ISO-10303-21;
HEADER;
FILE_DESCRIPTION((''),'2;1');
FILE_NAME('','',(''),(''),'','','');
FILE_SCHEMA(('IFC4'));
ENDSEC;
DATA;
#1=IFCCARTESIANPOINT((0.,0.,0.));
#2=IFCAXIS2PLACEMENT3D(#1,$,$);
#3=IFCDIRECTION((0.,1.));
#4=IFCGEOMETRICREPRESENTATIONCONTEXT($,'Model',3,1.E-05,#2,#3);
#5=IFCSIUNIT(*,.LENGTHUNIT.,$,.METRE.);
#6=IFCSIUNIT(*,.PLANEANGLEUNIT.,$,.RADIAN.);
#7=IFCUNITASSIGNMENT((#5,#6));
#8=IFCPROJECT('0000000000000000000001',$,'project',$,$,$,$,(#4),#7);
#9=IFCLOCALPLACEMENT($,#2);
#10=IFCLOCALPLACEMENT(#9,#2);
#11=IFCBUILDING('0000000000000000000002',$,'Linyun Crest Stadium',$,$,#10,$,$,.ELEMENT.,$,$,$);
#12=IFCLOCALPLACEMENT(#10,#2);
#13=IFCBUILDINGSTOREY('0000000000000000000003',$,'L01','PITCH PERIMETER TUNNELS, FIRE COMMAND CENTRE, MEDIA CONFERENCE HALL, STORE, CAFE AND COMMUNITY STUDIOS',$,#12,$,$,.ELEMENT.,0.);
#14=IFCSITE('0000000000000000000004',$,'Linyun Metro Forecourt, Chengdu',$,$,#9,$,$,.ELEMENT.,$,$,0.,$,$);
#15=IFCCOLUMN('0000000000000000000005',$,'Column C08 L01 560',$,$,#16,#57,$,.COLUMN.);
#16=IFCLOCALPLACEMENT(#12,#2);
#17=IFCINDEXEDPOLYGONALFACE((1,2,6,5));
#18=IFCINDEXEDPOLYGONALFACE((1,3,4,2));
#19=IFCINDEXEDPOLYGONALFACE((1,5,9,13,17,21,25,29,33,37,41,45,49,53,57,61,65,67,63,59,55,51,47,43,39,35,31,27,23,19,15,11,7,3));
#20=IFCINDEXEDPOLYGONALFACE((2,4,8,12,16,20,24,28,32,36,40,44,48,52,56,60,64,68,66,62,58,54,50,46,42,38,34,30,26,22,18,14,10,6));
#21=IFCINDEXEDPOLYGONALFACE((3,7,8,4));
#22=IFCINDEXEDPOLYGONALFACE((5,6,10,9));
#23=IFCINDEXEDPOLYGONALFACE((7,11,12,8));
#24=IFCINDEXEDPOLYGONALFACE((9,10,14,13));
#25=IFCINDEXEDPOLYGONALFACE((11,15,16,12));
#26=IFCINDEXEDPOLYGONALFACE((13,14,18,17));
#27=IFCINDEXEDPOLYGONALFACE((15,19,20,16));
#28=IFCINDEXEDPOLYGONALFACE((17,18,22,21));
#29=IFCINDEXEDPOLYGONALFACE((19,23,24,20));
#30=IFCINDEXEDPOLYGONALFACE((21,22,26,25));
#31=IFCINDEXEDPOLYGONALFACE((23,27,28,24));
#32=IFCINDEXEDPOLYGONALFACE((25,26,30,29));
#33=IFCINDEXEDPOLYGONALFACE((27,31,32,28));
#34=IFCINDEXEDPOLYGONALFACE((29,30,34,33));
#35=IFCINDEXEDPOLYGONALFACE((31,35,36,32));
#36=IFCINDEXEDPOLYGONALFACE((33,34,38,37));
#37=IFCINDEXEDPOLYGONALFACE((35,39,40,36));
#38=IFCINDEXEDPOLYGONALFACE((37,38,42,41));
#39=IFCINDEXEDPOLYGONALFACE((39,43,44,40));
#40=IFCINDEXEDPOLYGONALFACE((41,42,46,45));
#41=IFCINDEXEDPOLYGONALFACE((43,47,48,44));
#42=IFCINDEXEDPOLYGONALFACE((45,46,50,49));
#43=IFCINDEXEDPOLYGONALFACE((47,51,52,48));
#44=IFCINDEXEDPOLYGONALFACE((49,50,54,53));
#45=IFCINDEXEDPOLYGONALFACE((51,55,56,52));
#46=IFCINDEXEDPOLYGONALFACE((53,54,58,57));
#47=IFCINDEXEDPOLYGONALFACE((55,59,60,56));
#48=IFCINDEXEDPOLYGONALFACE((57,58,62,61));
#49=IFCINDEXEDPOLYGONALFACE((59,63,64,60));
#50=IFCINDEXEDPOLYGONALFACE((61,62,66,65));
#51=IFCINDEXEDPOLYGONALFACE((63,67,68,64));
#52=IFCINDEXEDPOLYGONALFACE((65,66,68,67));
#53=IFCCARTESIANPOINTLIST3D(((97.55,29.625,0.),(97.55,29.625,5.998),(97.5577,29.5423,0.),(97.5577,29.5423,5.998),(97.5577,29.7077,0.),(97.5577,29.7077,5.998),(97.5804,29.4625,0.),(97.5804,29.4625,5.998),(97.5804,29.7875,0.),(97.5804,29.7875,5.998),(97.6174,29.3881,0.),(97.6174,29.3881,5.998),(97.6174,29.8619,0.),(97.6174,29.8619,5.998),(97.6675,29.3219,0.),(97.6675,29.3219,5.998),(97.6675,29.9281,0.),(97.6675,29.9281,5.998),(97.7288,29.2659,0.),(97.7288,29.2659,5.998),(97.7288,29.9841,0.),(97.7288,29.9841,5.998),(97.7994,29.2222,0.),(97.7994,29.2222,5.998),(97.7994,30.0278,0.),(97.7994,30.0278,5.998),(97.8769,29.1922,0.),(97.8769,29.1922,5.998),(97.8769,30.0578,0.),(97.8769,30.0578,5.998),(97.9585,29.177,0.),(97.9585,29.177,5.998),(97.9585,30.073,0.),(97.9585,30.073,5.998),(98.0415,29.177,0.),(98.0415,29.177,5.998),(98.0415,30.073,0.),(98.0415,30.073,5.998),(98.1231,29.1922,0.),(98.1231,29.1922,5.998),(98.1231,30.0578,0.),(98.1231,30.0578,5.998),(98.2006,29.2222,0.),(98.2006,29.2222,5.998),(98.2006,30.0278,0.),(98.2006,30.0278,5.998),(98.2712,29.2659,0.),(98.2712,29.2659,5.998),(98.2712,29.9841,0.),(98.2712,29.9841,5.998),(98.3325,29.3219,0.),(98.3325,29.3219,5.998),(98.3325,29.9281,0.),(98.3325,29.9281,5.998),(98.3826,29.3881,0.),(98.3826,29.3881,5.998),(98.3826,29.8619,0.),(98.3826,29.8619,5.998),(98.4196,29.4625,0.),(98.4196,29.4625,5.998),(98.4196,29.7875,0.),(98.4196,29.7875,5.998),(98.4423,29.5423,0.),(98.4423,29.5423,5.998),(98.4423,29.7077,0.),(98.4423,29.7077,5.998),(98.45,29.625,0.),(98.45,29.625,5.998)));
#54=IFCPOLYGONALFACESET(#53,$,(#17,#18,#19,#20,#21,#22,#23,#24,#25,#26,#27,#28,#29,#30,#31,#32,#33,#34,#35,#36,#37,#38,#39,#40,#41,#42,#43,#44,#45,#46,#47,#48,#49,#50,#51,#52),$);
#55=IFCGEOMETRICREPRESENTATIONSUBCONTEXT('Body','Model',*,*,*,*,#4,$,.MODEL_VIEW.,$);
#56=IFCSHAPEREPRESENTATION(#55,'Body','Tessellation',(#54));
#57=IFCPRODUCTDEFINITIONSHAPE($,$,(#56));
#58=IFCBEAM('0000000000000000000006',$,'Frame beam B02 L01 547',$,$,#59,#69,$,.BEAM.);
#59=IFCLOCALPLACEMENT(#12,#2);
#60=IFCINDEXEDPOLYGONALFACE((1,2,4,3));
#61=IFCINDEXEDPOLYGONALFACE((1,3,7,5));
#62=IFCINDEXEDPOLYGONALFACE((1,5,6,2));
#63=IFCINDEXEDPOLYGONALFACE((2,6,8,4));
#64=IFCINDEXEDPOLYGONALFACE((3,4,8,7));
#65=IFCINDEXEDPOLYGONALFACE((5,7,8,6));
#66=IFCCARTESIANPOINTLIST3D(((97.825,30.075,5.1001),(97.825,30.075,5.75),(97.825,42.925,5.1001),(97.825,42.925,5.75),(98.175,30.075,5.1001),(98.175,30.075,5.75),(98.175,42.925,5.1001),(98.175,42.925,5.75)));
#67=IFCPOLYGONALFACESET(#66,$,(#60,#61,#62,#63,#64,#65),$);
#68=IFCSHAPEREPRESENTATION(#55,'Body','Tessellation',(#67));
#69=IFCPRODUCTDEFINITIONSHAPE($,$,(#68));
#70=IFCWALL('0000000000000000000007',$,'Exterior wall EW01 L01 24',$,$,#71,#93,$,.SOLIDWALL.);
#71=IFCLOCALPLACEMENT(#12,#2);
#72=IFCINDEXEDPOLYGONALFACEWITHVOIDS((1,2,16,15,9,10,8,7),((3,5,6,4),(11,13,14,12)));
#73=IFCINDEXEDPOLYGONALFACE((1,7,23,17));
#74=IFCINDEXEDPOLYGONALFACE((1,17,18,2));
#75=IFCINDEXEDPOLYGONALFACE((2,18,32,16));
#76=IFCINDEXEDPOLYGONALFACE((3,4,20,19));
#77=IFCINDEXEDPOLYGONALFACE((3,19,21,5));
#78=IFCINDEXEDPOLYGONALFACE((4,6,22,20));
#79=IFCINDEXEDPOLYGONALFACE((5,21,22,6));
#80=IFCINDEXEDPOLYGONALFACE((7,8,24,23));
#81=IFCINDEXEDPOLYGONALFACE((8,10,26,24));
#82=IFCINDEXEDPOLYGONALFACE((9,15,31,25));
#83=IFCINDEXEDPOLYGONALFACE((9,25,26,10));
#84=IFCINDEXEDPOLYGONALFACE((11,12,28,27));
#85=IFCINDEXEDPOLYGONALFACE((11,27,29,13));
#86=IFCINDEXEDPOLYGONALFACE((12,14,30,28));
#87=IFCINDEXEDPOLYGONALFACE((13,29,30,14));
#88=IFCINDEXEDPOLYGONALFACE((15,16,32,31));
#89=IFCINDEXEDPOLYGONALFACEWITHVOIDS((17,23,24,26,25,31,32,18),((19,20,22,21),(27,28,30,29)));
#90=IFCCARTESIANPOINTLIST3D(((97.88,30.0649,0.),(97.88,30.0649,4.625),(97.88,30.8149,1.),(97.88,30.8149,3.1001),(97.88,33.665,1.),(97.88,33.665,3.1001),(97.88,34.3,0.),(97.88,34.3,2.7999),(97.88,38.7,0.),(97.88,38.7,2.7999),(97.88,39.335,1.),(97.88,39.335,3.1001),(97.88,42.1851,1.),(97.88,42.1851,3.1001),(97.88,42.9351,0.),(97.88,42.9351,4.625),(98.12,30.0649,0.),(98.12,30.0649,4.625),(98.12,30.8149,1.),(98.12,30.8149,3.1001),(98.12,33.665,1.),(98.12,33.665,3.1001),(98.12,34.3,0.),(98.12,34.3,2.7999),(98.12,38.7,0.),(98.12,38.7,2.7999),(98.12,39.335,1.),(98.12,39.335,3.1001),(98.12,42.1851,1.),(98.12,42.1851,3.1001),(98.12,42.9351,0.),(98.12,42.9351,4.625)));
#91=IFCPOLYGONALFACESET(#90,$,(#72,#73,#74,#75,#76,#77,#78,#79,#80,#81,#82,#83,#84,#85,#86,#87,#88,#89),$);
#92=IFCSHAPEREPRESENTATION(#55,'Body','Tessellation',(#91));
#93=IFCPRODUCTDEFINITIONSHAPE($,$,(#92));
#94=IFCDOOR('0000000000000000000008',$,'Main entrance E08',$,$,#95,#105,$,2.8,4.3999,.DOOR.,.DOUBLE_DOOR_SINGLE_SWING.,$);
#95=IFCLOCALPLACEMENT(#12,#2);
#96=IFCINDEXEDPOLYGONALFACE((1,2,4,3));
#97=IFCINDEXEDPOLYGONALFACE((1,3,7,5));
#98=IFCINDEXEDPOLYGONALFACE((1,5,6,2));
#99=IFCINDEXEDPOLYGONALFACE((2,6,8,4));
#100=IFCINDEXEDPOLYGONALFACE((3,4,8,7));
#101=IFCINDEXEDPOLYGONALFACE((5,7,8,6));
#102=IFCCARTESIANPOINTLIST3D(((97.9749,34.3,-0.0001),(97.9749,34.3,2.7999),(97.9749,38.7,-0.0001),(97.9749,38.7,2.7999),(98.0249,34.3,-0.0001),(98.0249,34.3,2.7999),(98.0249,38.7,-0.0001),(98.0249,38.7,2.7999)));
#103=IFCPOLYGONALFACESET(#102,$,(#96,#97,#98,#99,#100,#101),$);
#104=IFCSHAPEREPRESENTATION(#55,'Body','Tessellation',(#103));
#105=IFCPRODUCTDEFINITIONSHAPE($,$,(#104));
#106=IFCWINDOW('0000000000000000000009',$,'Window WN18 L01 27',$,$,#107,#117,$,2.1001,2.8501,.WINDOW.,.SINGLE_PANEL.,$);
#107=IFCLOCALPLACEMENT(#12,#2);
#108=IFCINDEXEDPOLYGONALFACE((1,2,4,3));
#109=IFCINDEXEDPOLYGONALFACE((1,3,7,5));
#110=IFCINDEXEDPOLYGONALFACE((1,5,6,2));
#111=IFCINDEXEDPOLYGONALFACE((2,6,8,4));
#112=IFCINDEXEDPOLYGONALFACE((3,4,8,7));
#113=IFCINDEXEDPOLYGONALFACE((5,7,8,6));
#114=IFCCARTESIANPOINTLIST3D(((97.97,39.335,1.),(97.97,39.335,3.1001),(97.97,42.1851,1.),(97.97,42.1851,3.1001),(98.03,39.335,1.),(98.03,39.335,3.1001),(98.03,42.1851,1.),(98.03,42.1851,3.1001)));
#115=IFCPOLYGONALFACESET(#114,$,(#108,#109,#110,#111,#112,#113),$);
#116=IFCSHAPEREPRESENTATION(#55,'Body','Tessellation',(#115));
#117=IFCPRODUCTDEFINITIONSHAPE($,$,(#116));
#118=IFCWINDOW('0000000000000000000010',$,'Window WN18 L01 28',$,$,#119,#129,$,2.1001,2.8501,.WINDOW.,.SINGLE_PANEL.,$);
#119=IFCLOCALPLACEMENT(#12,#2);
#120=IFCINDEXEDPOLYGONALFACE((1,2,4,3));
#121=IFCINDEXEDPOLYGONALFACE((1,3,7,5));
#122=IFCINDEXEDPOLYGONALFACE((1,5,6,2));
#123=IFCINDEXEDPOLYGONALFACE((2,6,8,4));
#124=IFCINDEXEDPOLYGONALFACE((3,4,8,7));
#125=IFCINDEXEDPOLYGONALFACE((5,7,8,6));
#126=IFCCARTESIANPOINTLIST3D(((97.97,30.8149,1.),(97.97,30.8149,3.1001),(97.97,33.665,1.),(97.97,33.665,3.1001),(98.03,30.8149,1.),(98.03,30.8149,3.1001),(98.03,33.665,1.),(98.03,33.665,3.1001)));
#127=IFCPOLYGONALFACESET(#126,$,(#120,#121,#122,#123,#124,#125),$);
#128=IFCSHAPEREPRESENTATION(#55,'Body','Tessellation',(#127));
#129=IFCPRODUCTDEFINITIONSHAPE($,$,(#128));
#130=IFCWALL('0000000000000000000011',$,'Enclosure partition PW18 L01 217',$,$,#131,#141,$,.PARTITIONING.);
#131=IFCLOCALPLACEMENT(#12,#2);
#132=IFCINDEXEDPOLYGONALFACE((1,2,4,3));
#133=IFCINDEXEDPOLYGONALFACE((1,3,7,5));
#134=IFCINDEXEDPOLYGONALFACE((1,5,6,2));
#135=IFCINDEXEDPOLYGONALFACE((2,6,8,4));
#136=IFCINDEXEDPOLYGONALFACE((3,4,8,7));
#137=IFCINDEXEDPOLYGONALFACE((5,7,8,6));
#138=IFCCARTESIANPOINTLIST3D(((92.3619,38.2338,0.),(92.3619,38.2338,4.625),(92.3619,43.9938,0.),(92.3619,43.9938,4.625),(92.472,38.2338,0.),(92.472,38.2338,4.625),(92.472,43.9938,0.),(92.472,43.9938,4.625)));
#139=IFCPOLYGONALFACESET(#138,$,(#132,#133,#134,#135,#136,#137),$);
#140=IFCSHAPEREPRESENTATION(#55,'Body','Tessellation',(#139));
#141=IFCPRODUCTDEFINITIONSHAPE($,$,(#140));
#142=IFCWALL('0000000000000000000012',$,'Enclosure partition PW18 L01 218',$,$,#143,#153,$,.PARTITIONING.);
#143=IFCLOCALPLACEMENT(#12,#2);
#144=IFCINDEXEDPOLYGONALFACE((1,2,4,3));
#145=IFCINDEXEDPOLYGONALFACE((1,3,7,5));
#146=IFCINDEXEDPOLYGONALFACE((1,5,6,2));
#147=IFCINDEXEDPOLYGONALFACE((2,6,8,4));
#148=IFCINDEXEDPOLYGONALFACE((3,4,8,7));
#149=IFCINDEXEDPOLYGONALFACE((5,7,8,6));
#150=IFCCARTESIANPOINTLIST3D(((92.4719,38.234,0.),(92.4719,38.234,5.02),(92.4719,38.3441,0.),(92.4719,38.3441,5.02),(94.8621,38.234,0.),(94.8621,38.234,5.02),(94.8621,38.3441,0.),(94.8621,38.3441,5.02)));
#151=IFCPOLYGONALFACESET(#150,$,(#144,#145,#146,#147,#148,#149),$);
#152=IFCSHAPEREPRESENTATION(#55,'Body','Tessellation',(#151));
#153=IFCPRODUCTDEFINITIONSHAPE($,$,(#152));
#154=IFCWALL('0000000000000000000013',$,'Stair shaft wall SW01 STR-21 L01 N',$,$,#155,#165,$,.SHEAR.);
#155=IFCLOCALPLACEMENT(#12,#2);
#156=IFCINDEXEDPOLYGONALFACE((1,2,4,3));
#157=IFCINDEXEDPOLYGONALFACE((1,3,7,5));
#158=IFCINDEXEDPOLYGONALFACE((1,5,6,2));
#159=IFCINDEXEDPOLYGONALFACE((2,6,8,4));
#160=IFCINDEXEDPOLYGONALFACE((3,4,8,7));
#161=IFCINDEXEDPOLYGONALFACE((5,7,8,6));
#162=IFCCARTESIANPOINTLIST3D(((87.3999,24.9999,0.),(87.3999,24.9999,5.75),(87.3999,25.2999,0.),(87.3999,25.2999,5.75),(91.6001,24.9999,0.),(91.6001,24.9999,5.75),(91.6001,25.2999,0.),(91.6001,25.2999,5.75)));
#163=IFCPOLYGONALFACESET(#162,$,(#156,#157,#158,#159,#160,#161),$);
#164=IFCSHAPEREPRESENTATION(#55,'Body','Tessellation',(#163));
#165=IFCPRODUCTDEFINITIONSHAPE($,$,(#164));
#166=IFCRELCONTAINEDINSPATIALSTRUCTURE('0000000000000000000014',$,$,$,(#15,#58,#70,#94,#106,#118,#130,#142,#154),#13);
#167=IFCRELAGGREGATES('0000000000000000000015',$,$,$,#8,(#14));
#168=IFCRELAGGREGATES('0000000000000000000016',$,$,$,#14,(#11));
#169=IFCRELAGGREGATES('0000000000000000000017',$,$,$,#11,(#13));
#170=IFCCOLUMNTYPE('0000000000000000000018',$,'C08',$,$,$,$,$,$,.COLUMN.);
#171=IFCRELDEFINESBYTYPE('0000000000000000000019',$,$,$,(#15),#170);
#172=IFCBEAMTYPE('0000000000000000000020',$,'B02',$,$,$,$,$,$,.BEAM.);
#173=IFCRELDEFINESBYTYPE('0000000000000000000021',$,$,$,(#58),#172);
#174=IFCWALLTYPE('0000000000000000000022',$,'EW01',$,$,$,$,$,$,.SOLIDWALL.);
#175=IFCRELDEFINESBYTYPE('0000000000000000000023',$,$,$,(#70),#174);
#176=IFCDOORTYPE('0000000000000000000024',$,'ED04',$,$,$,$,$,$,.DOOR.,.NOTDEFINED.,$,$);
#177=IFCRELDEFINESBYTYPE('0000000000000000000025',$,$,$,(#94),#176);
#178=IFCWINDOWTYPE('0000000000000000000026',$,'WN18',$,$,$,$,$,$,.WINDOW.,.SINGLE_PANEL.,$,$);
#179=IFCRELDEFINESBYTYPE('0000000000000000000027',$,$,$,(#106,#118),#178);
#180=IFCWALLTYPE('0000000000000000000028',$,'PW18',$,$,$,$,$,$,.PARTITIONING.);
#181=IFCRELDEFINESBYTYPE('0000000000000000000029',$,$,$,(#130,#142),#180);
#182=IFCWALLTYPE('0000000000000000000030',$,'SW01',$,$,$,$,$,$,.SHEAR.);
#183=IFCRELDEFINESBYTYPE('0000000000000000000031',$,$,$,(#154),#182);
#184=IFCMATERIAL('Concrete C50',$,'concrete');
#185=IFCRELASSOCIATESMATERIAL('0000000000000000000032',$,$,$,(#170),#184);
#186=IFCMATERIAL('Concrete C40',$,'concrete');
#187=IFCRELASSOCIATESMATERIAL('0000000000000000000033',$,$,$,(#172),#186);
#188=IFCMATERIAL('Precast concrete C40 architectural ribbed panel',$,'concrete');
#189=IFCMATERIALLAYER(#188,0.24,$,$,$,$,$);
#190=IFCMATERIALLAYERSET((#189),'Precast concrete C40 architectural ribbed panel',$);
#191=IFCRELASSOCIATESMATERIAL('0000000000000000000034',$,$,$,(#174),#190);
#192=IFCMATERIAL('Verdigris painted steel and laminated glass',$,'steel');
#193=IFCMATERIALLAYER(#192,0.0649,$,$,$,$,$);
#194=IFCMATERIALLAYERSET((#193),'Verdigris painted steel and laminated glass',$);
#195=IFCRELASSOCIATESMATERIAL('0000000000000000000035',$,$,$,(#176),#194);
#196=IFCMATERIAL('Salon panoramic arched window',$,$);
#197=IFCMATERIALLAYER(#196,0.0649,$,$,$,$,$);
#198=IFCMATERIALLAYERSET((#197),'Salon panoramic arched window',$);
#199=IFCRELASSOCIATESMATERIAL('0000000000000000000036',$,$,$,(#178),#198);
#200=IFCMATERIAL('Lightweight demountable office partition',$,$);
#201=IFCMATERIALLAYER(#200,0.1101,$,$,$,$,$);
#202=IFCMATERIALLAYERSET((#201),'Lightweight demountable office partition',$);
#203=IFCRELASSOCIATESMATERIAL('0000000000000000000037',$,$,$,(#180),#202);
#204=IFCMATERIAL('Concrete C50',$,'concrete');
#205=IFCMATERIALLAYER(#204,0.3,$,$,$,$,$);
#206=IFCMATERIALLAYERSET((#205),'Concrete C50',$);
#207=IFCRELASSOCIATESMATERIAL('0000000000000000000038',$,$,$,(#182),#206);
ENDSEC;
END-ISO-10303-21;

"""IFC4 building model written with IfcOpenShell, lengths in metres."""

from ifc_helpers import new_model, si_unit, direction, frame, frame_2d, origin, origin_2d, place, context, subcontext, project, spatial, rectangle, circle, extrude, material, layer, layer_set, material_profile, profile_set, type_object, element, fill, save


model = new_model("IFC4")

# Units and contexts
model_context = context("Model", 3, precision=1e-05, world=origin(), true_north=direction((0.0, 1.0)))
body_context = subcontext(model_context, "Body", "Model", "MODEL_VIEW")
ifc_project = project(units=[si_unit("LENGTHUNIT", "METRE"), si_unit("PLANEANGLEUNIT", "RADIAN")], contexts=[model_context])

# Site, building, storey
site_placement = place(None, origin())
site = spatial("IfcSite", under=ifc_project, at=site_placement, Name="Linyun Metro Forecourt, Chengdu", CompositionType="ELEMENT", RefElevation=0.0)
building_placement = place(site_placement, origin())
building = spatial("IfcBuilding", under=site, at=building_placement, Name="Linyun Crest Stadium", CompositionType="ELEMENT")
storey_placement = place(building_placement, origin())
storey = spatial("IfcBuildingStorey", under=building, at=storey_placement, Name="L01", Description="PITCH PERIMETER TUNNELS, FIRE COMMAND CENTRE, MEDIA CONFERENCE HALL, STORE, CAFE AND COMMUNITY STUDIOS", CompositionType="ELEMENT", Elevation=0.0)

# Column
ifc_material_1 = material(Name="Concrete C50", Category="concrete")
ifc_material_profile_1 = material_profile(ifc_material_1, circle(Radius=0.45, at=origin_2d()), Name="RC D900")
ifc_profile_set_1 = profile_set([ifc_material_profile_1], Name="Concrete C50")
column_type = type_object("IfcColumnType", Name="C08", PredefinedType="COLUMN", material=ifc_profile_set_1)
column_placement = place(storey_placement, frame((98.0, 29.625, 0.0), z_axis=(0.0, 0.0, 1.0), x_axis=(1.0, 0.0, 0.0)))
element("IfcColumn", 1, at=column_placement, inside=storey, type_object=column_type, Name="Column C08 L01 560", PredefinedType="COLUMN", context=body_context, shape_type="SweptSolid", body=[
    extrude(circle(Radius=0.45, at=origin_2d()), origin(), (0.0, 0.0, 1.0), 5.998),
])

# Beam
ifc_material_2 = material(Name="Concrete C40", Category="concrete")
ifc_material_profile_2 = material_profile(ifc_material_2, rectangle(XDim=0.3501, YDim=0.6499, at=origin_2d()), Name="RCB 650x350")
ifc_profile_set_2 = profile_set([ifc_material_profile_2], Name="Concrete C40")
beam_type = type_object("IfcBeamType", Name="B02", PredefinedType="BEAM", material=ifc_profile_set_2)
beam_placement = place(storey_placement, frame((98.0, 30.075, 5.425), z_axis=(0.0, 1.0, 0.0), x_axis=(-1.0, 0.0, 0.0)))
element("IfcBeam", 2, at=beam_placement, inside=storey, type_object=beam_type, Name="Frame beam B02 L01 547", PredefinedType="BEAM", context=body_context, shape_type="SweptSolid", body=[
    extrude(rectangle(XDim=0.3501, YDim=0.6499, at=origin_2d()), origin(), (0.0, 0.0, 1.0), 12.8501),
])

# Shared definitions
ifc_material_3 = material(Name="Precast concrete C40 architectural ribbed panel", Category="concrete")
ifc_layer_1 = layer(ifc_material_3, 0.24)
ifc_layer_set_1 = layer_set([ifc_layer_1], Name="Precast concrete C40 architectural ribbed panel")
wall_type_1 = type_object("IfcWallType", Name="EW01", PredefinedType="SOLIDWALL", material=ifc_layer_set_1)

# Wall, openings, door, windows
wall_1_placement = place(storey_placement, frame((98.0, 42.9351, 0.0), z_axis=(0.0, 0.0, 1.0), x_axis=(0.0, -1.0, 0.0)))
wall_1 = element("IfcWall", 3, at=wall_1_placement, inside=storey, type_object=wall_type_1, Name="Exterior wall EW01 L01 24", PredefinedType="SOLIDWALL", context=body_context, shape_type="SweptSolid", body=[
    extrude(rectangle(XDim=12.8701, YDim=0.24, at=frame_2d((6.4351, 0.0))), origin(), (0.0, 0.0, 1.0), 4.625),
])
opening_1_placement = place(wall_1_placement, frame((4.2351, 0.0, 0.0)))
opening_1 = element("IfcOpeningElement", 4, at=opening_1_placement, cuts=wall_1, PredefinedType="OPENING", context=body_context, shape_type="SweptSolid", body=[
    extrude(rectangle(XDim=4.3999, YDim=2.8, at=frame_2d((2.2, 1.3999))), frame((0.0, 0.1299, 0.0), z_axis=(0.0, -1.0, 0.0), x_axis=(1.0, 0.0, 0.0)), (0.0, 0.0, 1.0), 0.26),
])
opening_2_placement = place(wall_1_placement, frame((0.75, 0.0, 1.0)))
opening_2 = element("IfcOpeningElement", 5, at=opening_2_placement, cuts=wall_1, PredefinedType="OPENING", context=body_context, shape_type="SweptSolid", body=[
    extrude(rectangle(XDim=2.8501, YDim=2.1001, at=frame_2d((1.425, 1.05))), frame((0.0, 0.1299, 0.0), z_axis=(0.0, -1.0, 0.0), x_axis=(1.0, 0.0, 0.0)), (0.0, 0.0, 1.0), 0.26),
])
opening_3_placement = place(wall_1_placement, frame((9.27, 0.0, 1.0)))
opening_3 = element("IfcOpeningElement", 6, at=opening_3_placement, cuts=wall_1, PredefinedType="OPENING", context=body_context, shape_type="SweptSolid", body=[
    extrude(rectangle(XDim=2.8501, YDim=2.1001, at=frame_2d((1.425, 1.05))), frame((0.0, 0.1299, 0.0), z_axis=(0.0, -1.0, 0.0), x_axis=(1.0, 0.0, 0.0)), (0.0, 0.0, 1.0), 0.26),
])
ifc_material_4 = material(Name="Verdigris painted steel and laminated glass", Category="steel")
ifc_layer_2 = layer(ifc_material_4, 0.0649)
ifc_layer_set_2 = layer_set([ifc_layer_2], Name="Verdigris painted steel and laminated glass")
door_type_1 = type_object("IfcDoorType", Name="ED04", OperationType="NOTDEFINED", PredefinedType="DOOR", material=ifc_layer_set_2)
door_1_placement = place(opening_1_placement, origin())
door_1 = element("IfcDoor", 7, at=door_1_placement, inside=storey, type_object=door_type_1, Name="Main entrance E08", OperationType="DOUBLE_DOOR_SINGLE_SWING", OverallHeight=2.8, OverallWidth=4.3999, PredefinedType="DOOR", context=body_context, shape_type="SweptSolid", body=[
    extrude(rectangle(XDim=4.3999, YDim=2.8, at=frame_2d((2.2, 1.3999))), frame((0.0, 0.0249, 0.0), z_axis=(0.0, -1.0, 0.0), x_axis=(1.0, 0.0, 0.0)), (0.0, 0.0, 1.0), 0.05),
])
fill(opening_1, door_1)
ifc_material_5 = material(Name="Salon panoramic arched window")
ifc_layer_3 = layer(ifc_material_5, 0.0649)
ifc_layer_set_3 = layer_set([ifc_layer_3], Name="Salon panoramic arched window")
window_type = type_object("IfcWindowType", Name="WN18", PartitioningType="SINGLE_PANEL", PredefinedType="WINDOW", material=ifc_layer_set_3)
window_1_placement = place(opening_2_placement, origin())
window_1 = element("IfcWindow", 8, at=window_1_placement, inside=storey, type_object=window_type, Name="Window WN18 L01 27", OverallHeight=2.1001, OverallWidth=2.8501, PartitioningType="SINGLE_PANEL", PredefinedType="WINDOW", context=body_context, shape_type="SweptSolid", body=[
    extrude(rectangle(XDim=2.8501, YDim=2.1001, at=frame_2d((1.425, 1.05))), frame((0.0, 0.03, 0.0), z_axis=(0.0, -1.0, 0.0), x_axis=(1.0, 0.0, 0.0)), (0.0, 0.0, 1.0), 0.0601),
])
fill(opening_2, window_1)
window_2_placement = place(opening_3_placement, origin())
window_2 = element("IfcWindow", 9, at=window_2_placement, inside=storey, type_object=window_type, Name="Window WN18 L01 28", OverallHeight=2.1001, OverallWidth=2.8501, PartitioningType="SINGLE_PANEL", PredefinedType="WINDOW", context=body_context, shape_type="SweptSolid", body=[
    extrude(rectangle(XDim=2.8501, YDim=2.1001, at=frame_2d((1.425, 1.05))), frame((0.0, 0.03, 0.0), z_axis=(0.0, -1.0, 0.0), x_axis=(1.0, 0.0, 0.0)), (0.0, 0.0, 1.0), 0.0601),
])
fill(opening_3, window_2)

# Walls
ifc_material_6 = material(Name="Lightweight demountable office partition")
ifc_layer_4 = layer(ifc_material_6, 0.1101)
ifc_layer_set_4 = layer_set([ifc_layer_4], Name="Lightweight demountable office partition")
wall_type_2 = type_object("IfcWallType", Name="PW18", PredefinedType="PARTITIONING", material=ifc_layer_set_4)
wall_2_placement = place(storey_placement, frame((92.417, 38.2339, 0.0), z_axis=(0.0, 0.0, 1.0), x_axis=(0.0, 1.0, 0.0)))
element("IfcWall", 10, at=wall_2_placement, inside=storey, type_object=wall_type_2, Name="Enclosure partition PW18 L01 217", PredefinedType="PARTITIONING", context=body_context, shape_type="SweptSolid", body=[
    extrude(rectangle(XDim=5.76, YDim=0.1101, at=frame_2d((2.8799, 0.0))), origin(), (0.0, 0.0, 1.0), 4.625),
])
wall_3_placement = place(storey_placement, frame((92.4719, 38.2891, 0.0), z_axis=(0.0, 0.0, 1.0), x_axis=(1.0, 0.0, 0.0)))
element("IfcWall", 11, at=wall_3_placement, inside=storey, type_object=wall_type_2, Name="Enclosure partition PW18 L01 218", PredefinedType="PARTITIONING", context=body_context, shape_type="SweptSolid", body=[
    extrude(rectangle(XDim=2.3901, YDim=0.1101, at=frame_2d((1.1951, 0.0))), origin(), (0.0, 0.0, 1.0), 5.02),
])
ifc_material_7 = material(Name="Concrete C50", Category="concrete")
ifc_layer_5 = layer(ifc_material_7, 0.3)
ifc_layer_set_5 = layer_set([ifc_layer_5], Name="Concrete C50")
wall_type_3 = type_object("IfcWallType", Name="SW01", PredefinedType="SHEAR", material=ifc_layer_set_5)
wall_4_placement = place(storey_placement, frame((87.3999, 25.1499, 0.0), z_axis=(0.0, 0.0, 1.0), x_axis=(1.0, 0.0, 0.0)))
element("IfcWall", 12, at=wall_4_placement, inside=storey, type_object=wall_type_3, Name="Stair shaft wall SW01 STR-21 L01 N", PredefinedType="SHEAR", context=body_context, shape_type="SweptSolid", body=[
    extrude(rectangle(XDim=4.2002, YDim=0.3, at=frame_2d((2.1001, 0.0))), origin(), (0.0, 0.0, 1.0), 5.75),
])

save(model, "model.ifc")
